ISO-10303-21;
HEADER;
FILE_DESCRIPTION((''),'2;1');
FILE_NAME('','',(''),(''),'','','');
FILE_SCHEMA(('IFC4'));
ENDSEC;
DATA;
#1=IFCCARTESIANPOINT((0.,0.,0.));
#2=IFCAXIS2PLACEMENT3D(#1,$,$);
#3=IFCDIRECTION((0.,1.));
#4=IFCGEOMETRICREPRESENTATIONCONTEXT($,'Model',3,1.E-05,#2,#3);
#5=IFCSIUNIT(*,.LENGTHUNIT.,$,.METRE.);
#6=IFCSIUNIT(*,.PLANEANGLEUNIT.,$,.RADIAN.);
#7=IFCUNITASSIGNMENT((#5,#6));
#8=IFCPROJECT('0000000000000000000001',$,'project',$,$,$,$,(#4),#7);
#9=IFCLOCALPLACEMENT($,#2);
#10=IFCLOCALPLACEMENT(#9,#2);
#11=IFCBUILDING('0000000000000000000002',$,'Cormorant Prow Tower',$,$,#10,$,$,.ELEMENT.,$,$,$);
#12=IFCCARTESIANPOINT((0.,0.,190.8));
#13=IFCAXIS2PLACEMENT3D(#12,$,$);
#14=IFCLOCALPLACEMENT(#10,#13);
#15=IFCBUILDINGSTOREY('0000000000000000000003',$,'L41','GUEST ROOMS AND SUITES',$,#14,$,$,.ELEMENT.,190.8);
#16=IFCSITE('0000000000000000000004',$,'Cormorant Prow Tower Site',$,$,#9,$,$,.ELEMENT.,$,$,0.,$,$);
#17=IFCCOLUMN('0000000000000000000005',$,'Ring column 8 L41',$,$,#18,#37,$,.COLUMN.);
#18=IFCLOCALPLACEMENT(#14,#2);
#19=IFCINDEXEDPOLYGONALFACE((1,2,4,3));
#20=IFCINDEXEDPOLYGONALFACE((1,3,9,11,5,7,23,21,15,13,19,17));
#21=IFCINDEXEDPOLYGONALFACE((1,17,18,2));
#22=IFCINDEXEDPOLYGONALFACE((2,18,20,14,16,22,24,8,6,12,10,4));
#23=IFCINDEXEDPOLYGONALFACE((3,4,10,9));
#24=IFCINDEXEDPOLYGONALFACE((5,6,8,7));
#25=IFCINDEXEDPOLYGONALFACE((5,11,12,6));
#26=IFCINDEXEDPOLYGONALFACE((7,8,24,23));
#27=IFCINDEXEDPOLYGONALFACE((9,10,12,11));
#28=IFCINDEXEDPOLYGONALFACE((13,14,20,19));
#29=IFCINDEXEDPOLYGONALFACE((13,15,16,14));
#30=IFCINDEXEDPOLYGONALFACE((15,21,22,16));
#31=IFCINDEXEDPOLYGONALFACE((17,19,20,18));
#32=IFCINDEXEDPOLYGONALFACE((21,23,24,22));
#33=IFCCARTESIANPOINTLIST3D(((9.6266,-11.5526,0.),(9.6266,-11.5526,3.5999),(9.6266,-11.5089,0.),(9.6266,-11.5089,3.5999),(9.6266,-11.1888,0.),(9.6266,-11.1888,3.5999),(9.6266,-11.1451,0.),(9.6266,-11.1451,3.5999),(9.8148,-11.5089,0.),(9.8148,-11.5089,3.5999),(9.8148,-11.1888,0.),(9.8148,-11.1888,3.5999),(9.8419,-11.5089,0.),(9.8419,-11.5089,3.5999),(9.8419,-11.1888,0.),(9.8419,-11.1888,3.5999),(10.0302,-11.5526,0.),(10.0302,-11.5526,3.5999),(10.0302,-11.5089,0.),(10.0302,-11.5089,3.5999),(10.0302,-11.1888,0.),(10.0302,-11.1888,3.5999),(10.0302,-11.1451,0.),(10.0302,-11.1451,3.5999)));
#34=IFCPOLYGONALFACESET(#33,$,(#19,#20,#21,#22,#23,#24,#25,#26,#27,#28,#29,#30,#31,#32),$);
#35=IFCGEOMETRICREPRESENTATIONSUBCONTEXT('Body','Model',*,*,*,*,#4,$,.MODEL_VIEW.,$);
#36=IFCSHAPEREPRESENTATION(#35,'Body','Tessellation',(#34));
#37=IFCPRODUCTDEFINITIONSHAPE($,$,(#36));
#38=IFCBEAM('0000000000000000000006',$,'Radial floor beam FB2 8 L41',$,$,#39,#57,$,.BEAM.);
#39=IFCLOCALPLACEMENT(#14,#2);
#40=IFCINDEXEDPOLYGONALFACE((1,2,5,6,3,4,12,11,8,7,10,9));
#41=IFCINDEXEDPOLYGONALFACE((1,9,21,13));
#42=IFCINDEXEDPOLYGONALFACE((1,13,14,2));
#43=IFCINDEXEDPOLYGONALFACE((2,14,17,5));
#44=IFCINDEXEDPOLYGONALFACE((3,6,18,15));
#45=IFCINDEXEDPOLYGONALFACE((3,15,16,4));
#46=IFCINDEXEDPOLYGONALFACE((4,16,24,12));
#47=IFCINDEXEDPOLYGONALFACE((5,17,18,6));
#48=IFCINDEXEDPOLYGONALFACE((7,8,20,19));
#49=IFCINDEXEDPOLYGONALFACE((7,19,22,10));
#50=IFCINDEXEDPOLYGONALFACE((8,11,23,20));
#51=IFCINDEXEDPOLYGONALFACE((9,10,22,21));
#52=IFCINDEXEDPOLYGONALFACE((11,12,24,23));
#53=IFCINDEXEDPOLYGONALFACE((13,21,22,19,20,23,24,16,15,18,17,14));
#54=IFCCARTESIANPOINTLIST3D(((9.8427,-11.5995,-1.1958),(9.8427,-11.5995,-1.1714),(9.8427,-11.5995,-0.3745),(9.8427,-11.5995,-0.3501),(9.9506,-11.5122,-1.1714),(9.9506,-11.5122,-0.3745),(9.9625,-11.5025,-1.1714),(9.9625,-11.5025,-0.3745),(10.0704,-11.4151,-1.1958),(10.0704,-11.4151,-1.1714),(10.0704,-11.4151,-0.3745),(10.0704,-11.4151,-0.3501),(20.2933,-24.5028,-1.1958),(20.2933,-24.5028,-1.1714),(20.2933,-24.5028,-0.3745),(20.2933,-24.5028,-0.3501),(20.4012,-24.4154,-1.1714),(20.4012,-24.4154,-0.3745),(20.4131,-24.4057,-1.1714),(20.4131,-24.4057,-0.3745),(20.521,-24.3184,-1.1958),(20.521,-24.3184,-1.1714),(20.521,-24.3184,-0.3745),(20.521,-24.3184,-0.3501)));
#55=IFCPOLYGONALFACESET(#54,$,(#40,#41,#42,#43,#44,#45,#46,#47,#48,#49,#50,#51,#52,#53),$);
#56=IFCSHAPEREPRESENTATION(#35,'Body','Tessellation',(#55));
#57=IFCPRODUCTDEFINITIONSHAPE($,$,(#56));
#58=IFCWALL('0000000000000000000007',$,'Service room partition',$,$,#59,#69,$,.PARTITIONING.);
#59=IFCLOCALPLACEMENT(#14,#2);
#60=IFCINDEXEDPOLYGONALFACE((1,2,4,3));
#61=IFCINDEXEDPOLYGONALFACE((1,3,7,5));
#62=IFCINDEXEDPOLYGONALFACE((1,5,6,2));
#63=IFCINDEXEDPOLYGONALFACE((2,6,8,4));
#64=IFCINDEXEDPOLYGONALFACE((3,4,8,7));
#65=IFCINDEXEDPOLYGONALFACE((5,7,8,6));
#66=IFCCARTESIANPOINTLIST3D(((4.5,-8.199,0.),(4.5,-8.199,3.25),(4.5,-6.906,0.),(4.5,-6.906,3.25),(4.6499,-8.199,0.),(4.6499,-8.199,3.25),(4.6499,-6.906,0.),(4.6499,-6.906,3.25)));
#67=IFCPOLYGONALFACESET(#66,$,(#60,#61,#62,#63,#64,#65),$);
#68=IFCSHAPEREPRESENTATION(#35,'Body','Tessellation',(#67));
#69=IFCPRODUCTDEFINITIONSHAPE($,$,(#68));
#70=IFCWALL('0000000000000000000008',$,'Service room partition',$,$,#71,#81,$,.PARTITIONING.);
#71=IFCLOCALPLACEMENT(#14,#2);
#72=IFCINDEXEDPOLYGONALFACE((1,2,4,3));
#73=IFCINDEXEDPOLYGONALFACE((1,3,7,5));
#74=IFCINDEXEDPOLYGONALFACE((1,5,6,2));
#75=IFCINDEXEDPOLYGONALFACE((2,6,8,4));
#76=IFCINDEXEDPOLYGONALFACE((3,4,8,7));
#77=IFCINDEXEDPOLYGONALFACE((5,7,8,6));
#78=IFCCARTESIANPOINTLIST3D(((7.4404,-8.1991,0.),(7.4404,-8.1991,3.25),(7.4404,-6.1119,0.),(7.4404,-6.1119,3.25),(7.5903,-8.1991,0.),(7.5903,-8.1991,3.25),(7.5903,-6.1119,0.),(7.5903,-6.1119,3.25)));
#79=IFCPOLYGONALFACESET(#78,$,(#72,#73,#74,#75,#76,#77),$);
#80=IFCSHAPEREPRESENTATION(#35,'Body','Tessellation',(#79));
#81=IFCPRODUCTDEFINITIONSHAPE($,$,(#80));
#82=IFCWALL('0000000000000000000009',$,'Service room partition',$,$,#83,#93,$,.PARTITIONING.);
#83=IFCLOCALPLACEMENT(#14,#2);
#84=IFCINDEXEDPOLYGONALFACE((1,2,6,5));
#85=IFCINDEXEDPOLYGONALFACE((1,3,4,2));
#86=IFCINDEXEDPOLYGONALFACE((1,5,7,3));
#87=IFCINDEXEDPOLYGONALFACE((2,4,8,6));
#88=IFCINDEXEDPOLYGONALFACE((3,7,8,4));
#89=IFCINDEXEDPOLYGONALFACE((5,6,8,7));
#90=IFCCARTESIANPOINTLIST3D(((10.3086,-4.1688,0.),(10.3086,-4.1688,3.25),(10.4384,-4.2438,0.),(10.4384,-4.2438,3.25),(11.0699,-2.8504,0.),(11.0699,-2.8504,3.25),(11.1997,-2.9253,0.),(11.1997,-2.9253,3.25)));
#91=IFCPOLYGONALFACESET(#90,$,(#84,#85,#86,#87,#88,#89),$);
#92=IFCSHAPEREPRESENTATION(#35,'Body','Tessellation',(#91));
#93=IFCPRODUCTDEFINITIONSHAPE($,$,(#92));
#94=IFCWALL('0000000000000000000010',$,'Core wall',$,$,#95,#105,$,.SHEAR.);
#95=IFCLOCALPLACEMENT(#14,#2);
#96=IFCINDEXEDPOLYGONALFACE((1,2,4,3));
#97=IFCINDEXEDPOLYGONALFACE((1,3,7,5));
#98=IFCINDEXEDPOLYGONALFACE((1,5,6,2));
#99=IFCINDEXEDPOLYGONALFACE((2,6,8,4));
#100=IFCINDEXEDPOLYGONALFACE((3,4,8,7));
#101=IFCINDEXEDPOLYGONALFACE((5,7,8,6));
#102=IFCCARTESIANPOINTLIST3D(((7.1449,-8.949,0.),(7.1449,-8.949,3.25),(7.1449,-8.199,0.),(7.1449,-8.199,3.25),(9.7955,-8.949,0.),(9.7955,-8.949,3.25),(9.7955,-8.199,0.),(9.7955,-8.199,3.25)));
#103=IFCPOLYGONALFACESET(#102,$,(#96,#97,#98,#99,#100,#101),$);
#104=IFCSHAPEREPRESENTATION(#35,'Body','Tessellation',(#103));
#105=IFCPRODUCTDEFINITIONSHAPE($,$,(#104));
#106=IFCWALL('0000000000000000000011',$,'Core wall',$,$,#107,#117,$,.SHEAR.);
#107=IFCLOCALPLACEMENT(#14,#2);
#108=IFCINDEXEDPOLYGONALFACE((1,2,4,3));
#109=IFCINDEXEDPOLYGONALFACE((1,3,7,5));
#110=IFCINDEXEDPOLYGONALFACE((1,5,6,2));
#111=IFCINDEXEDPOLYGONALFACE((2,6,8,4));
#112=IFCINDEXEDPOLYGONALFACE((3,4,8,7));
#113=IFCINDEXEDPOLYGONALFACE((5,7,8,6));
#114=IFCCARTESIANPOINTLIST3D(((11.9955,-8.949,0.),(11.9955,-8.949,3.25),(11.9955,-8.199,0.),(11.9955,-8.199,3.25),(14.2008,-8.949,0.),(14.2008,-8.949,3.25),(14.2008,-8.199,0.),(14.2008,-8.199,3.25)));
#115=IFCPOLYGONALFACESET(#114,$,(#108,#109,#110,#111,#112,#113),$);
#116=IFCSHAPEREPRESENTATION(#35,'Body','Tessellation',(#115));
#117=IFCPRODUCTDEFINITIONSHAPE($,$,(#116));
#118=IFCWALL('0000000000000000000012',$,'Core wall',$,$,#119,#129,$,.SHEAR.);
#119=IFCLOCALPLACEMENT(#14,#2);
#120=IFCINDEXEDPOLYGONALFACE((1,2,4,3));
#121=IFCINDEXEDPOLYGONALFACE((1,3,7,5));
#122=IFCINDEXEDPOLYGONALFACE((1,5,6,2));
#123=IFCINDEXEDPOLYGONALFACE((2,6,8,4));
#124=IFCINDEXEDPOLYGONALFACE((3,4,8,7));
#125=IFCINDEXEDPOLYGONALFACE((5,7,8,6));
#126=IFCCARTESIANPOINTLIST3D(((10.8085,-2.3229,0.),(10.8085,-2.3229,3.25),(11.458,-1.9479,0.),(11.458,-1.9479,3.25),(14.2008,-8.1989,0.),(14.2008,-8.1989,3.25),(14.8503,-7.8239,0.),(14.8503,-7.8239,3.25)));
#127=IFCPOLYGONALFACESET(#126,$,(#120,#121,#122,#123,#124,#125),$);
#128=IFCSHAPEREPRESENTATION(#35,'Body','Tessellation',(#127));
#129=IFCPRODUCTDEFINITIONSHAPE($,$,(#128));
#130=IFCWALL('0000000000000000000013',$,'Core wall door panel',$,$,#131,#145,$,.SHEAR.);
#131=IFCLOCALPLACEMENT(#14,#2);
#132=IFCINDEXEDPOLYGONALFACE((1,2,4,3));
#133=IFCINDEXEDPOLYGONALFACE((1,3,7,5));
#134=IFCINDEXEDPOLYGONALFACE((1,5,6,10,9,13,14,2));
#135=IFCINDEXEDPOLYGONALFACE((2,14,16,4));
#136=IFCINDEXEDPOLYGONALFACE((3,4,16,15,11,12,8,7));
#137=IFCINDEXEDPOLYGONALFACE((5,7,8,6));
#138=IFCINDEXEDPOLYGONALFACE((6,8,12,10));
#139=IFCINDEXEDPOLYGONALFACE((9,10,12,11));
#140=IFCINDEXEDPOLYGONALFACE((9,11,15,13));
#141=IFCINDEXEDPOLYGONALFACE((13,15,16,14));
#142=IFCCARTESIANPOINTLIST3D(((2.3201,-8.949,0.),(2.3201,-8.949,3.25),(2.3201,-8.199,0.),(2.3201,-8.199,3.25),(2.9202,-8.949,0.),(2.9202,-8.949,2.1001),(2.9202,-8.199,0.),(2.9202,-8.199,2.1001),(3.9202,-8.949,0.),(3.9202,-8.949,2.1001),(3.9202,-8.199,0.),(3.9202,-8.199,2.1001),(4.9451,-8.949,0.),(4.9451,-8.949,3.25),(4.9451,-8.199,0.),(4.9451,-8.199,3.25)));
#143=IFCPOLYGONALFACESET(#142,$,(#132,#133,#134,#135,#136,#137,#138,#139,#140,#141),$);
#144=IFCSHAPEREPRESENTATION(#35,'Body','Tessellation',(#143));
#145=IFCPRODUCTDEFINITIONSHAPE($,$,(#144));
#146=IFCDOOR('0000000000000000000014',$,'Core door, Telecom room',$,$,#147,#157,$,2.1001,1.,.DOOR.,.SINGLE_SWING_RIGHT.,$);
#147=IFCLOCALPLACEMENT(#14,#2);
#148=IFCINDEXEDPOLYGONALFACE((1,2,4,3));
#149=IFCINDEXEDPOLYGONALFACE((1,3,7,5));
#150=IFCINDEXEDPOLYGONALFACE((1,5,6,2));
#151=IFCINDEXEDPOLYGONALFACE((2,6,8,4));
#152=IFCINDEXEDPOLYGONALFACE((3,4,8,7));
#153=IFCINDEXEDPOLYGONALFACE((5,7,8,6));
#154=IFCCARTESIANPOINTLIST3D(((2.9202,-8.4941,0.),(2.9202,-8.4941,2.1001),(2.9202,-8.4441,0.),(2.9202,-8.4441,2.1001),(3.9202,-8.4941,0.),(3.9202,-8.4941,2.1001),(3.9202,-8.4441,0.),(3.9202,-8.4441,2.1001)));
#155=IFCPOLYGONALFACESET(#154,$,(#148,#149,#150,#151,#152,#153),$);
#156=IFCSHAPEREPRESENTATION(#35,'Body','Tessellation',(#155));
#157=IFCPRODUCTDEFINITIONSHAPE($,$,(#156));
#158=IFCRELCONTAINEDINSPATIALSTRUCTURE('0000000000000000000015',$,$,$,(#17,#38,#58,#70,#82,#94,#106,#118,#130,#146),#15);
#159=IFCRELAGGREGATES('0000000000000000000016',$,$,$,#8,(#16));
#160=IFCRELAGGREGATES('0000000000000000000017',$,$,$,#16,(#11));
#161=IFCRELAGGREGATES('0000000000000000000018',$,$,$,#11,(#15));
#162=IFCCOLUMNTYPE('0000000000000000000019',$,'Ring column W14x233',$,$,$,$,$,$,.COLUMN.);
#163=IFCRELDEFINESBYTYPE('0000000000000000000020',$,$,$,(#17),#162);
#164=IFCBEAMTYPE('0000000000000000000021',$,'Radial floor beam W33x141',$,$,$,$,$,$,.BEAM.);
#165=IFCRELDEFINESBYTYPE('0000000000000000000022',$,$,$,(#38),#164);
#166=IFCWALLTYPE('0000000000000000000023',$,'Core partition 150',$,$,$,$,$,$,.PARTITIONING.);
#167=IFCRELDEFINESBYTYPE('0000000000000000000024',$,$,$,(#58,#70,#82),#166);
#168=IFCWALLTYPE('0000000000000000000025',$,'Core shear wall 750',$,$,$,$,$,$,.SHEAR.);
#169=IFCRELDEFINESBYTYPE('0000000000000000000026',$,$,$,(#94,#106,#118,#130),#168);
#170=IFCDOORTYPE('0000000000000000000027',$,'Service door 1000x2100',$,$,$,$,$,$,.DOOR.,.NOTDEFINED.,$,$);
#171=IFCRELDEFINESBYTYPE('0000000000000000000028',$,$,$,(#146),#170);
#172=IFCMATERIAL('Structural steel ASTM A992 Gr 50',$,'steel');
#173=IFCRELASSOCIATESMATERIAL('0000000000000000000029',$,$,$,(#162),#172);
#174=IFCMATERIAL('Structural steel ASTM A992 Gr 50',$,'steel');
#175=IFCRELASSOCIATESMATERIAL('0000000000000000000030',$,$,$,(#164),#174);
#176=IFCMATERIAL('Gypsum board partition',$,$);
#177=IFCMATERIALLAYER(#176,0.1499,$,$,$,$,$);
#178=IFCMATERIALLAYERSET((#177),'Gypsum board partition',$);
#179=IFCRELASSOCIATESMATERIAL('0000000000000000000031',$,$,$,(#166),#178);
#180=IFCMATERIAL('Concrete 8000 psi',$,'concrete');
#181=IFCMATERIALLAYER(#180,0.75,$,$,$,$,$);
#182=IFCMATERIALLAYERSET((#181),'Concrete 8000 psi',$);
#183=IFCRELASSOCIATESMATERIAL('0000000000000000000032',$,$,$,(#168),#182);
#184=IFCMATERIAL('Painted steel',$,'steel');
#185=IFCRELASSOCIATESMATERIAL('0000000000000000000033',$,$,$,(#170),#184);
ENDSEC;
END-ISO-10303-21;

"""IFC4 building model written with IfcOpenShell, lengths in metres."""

from ifc_helpers import new_model, si_unit, direction, frame, frame_2d, origin, origin_2d, place, context, subcontext, project, spatial, rectangle, i_section, extrude, material, layer, layer_set, material_profile, profile_set, type_object, element, fill, save


model = new_model("IFC4")

# Units and contexts
model_context = context("Model", 3, precision=1e-05, world=origin(), true_north=direction((0.0, 1.0)))
body_context = subcontext(model_context, "Body", "Model", "MODEL_VIEW")
ifc_project = project(units=[si_unit("LENGTHUNIT", "METRE"), si_unit("PLANEANGLEUNIT", "RADIAN")], contexts=[model_context])

# Site, building, storey
site_placement = place(None, origin())
site = spatial("IfcSite", under=ifc_project, at=site_placement, Name="Cormorant Prow Tower Site", CompositionType="ELEMENT", RefElevation=0.0)
building_placement = place(site_placement, origin())
building = spatial("IfcBuilding", under=site, at=building_placement, Name="Cormorant Prow Tower", CompositionType="ELEMENT")
storey_placement = place(building_placement, frame((0.0, 0.0, 190.8)))
storey = spatial("IfcBuildingStorey", under=building, at=storey_placement, Name="L41", Description="GUEST ROOMS AND SUITES", CompositionType="ELEMENT", Elevation=190.8)

# Column
ifc_material_1 = material(Name="Structural steel ASTM A992 Gr 50", Category="steel")
ifc_material_profile_1 = material_profile(ifc_material_1, i_section(OverallWidth=0.4036, OverallDepth=0.4075, WebThickness=0.0271, FlangeThickness=0.0437, at=origin_2d()), Name="W14x233")
ifc_profile_set_1 = profile_set([ifc_material_profile_1], Name="Structural steel ASTM A992 Gr 50")
column_type = type_object("IfcColumnType", Name="Ring column W14x233", PredefinedType="COLUMN", material=ifc_profile_set_1)
column_placement = place(storey_placement, frame((9.8284, -11.3489, 0.0), z_axis=(0.0, 0.0, 1.0), x_axis=(1.0, 0.0, 0.0)))
element("IfcColumn", 1, at=column_placement, inside=storey, type_object=column_type, Name="Ring column 8 L41", PredefinedType="COLUMN", context=body_context, shape_type="SweptSolid", body=[
    extrude(i_section(OverallWidth=0.4036, OverallDepth=0.4075, WebThickness=0.0271, FlangeThickness=0.0437, at=origin_2d()), origin(), (0.0, 0.0, 1.0), 3.5999),
])

# Beam
ifc_material_2 = material(Name="Structural steel ASTM A992 Gr 50", Category="steel")
ifc_material_profile_2 = material_profile(ifc_material_2, i_section(OverallWidth=0.293, OverallDepth=0.8457, WebThickness=0.0154, FlangeThickness=0.0244, at=origin_2d()), Name="W33x141")
ifc_profile_set_2 = profile_set([ifc_material_profile_2], Name="Structural steel ASTM A992 Gr 50")
beam_type = type_object("IfcBeamType", Name="Radial floor beam W33x141", PredefinedType="BEAM", material=ifc_profile_set_2)
beam_placement = place(storey_placement, frame((9.9565, -11.5073, -0.7729), z_axis=(0.629385, -0.777094, 0.0), x_axis=(0.777094, 0.629385, 0.0)))
element("IfcBeam", 2, at=beam_placement, inside=storey, type_object=beam_type, Name="Radial floor beam FB2 8 L41", PredefinedType="BEAM", context=body_context, shape_type="SweptSolid", body=[
    extrude(i_section(OverallWidth=0.293, OverallDepth=0.8457, WebThickness=0.0154, FlangeThickness=0.0244, at=origin_2d()), origin(), (0.0, 0.0, 1.0), 16.6045),
])

# Walls
ifc_material_3 = material(Name="Gypsum board partition")
ifc_layer_1 = layer(ifc_material_3, 0.1499)
ifc_layer_set_1 = layer_set([ifc_layer_1], Name="Gypsum board partition")
wall_type_1 = type_object("IfcWallType", Name="Core partition 150", PredefinedType="PARTITIONING", material=ifc_layer_set_1)
wall_1_placement = place(storey_placement, frame((4.575, -6.906, 0.0), z_axis=(0.0, 0.0, 1.0), x_axis=(0.0, -1.0, 0.0)))
element("IfcWall", 3, at=wall_1_placement, inside=storey, type_object=wall_type_1, Name="Service room partition", PredefinedType="PARTITIONING", context=body_context, shape_type="SweptSolid", body=[
    extrude(rectangle(XDim=1.293, YDim=0.1499, at=frame_2d((0.6465, 0.0))), origin(), (0.0, 0.0, 1.0), 3.25),
])
wall_2_placement = place(storey_placement, frame((7.5154, -8.199, 0.0), z_axis=(0.0, 0.0, 1.0), x_axis=(0.0, 1.0, 0.0)))
element("IfcWall", 4, at=wall_2_placement, inside=storey, type_object=wall_type_1, Name="Service room partition", PredefinedType="PARTITIONING", context=body_context, shape_type="SweptSolid", body=[
    extrude(rectangle(XDim=2.0872, YDim=0.1499, at=frame_2d((1.0435, 0.0))), origin(), (0.0, 0.0, 1.0), 3.25),
])
wall_3_placement = place(storey_placement, frame((10.3735, -4.2063, 0.0), z_axis=(0.0, 0.0, 1.0), x_axis=(0.500037, 0.866004, 0.0)))
element("IfcWall", 5, at=wall_3_placement, inside=storey, type_object=wall_type_1, Name="Service room partition", PredefinedType="PARTITIONING", context=body_context, shape_type="SweptSolid", body=[
    extrude(rectangle(XDim=1.5225, YDim=0.1499, at=frame_2d((0.7612, 0.0))), origin(), (0.0, 0.0, 1.0), 3.25),
])
ifc_material_4 = material(Name="Concrete 8000 psi", Category="concrete")
ifc_layer_2 = layer(ifc_material_4, 0.75)
ifc_layer_set_2 = layer_set([ifc_layer_2], Name="Concrete 8000 psi")
wall_type_2 = type_object("IfcWallType", Name="Core shear wall 750", PredefinedType="SHEAR", material=ifc_layer_set_2)
wall_4_placement = place(storey_placement, frame((7.145, -8.574, 0.0), z_axis=(0.0, 0.0, 1.0), x_axis=(1.0, 0.0, 0.0)))
element("IfcWall", 6, at=wall_4_placement, inside=storey, type_object=wall_type_2, Name="Core wall", PredefinedType="SHEAR", context=body_context, shape_type="SweptSolid", body=[
    extrude(rectangle(XDim=2.6506, YDim=0.75, at=frame_2d((1.3252, 0.0))), origin(), (0.0, 0.0, 1.0), 3.25),
])
wall_5_placement = place(storey_placement, frame((11.9956, -8.574, 0.0), z_axis=(0.0, 0.0, 1.0), x_axis=(1.0, 0.0, 0.0)))
element("IfcWall", 7, at=wall_5_placement, inside=storey, type_object=wall_type_2, Name="Core wall", PredefinedType="SHEAR", context=body_context, shape_type="SweptSolid", body=[
    extrude(rectangle(XDim=2.2053, YDim=0.75, at=frame_2d((1.1025, 0.0))), origin(), (0.0, 0.0, 1.0), 3.25),
])
wall_6_placement = place(storey_placement, frame((14.5256, -8.0115, 0.0), z_axis=(0.0, 0.0, 1.0), x_axis=(-0.499982, 0.866036, 0.0)))
element("IfcWall", 8, at=wall_6_placement, inside=storey, type_object=wall_type_2, Name="Core wall", PredefinedType="SHEAR", context=body_context, shape_type="SweptSolid", body=[
    extrude(rectangle(XDim=6.7849, YDim=0.75, at=frame_2d((3.3926, 0.0))), origin(), (0.0, 0.0, 1.0), 3.25),
])

# Wall, opening, door
wall_7_placement = place(storey_placement, frame((2.3201, -8.574, 0.0), z_axis=(0.0, 0.0, 1.0), x_axis=(1.0, 0.0, 0.0)))
wall_7 = element("IfcWall", 9, at=wall_7_placement, inside=storey, type_object=wall_type_2, Name="Core wall door panel", PredefinedType="SHEAR", context=body_context, shape_type="SweptSolid", body=[
    extrude(rectangle(XDim=2.625, YDim=0.75, at=frame_2d((1.3125, 0.0))), origin(), (0.0, 0.0, 1.0), 3.25),
])
opening_1_placement = place(wall_7_placement, frame((0.6001, 0.0, 0.0)))
opening_1 = element("IfcOpeningElement", 10, at=opening_1_placement, cuts=wall_7, PredefinedType="OPENING", context=body_context, shape_type="SweptSolid", body=[
    extrude(rectangle(XDim=1.0, YDim=2.1001, at=frame_2d((0.5, 1.05))), frame((0.0, 0.385, 0.0), z_axis=(0.0, -1.0, 0.0), x_axis=(1.0, 0.0, 0.0)), (0.0, 0.0, 1.0), 0.77),
])
ifc_material_5 = material(Name="Painted steel", Category="steel")
door_type_1 = type_object("IfcDoorType", Name="Service door 1000x2100", OperationType="NOTDEFINED", PredefinedType="DOOR", material=ifc_material_5)
door_1_placement = place(opening_1_placement, origin())
door_1 = element("IfcDoor", 11, at=door_1_placement, inside=storey, type_object=door_type_1, Name="Core door, Telecom room", OperationType="SINGLE_SWING_RIGHT", OverallHeight=2.1001, OverallWidth=1.0, PredefinedType="DOOR", context=body_context, shape_type="SweptSolid", body=[
    extrude(rectangle(XDim=1.0, YDim=2.1001, at=frame_2d((0.5, 1.05))), frame((0.0, 0.1299, 0.0), z_axis=(0.0, -1.0, 0.0), x_axis=(1.0, 0.0, 0.0)), (0.0, 0.0, 1.0), 0.05),
])
fill(opening_1, door_1)

save(model, "model.ifc")
